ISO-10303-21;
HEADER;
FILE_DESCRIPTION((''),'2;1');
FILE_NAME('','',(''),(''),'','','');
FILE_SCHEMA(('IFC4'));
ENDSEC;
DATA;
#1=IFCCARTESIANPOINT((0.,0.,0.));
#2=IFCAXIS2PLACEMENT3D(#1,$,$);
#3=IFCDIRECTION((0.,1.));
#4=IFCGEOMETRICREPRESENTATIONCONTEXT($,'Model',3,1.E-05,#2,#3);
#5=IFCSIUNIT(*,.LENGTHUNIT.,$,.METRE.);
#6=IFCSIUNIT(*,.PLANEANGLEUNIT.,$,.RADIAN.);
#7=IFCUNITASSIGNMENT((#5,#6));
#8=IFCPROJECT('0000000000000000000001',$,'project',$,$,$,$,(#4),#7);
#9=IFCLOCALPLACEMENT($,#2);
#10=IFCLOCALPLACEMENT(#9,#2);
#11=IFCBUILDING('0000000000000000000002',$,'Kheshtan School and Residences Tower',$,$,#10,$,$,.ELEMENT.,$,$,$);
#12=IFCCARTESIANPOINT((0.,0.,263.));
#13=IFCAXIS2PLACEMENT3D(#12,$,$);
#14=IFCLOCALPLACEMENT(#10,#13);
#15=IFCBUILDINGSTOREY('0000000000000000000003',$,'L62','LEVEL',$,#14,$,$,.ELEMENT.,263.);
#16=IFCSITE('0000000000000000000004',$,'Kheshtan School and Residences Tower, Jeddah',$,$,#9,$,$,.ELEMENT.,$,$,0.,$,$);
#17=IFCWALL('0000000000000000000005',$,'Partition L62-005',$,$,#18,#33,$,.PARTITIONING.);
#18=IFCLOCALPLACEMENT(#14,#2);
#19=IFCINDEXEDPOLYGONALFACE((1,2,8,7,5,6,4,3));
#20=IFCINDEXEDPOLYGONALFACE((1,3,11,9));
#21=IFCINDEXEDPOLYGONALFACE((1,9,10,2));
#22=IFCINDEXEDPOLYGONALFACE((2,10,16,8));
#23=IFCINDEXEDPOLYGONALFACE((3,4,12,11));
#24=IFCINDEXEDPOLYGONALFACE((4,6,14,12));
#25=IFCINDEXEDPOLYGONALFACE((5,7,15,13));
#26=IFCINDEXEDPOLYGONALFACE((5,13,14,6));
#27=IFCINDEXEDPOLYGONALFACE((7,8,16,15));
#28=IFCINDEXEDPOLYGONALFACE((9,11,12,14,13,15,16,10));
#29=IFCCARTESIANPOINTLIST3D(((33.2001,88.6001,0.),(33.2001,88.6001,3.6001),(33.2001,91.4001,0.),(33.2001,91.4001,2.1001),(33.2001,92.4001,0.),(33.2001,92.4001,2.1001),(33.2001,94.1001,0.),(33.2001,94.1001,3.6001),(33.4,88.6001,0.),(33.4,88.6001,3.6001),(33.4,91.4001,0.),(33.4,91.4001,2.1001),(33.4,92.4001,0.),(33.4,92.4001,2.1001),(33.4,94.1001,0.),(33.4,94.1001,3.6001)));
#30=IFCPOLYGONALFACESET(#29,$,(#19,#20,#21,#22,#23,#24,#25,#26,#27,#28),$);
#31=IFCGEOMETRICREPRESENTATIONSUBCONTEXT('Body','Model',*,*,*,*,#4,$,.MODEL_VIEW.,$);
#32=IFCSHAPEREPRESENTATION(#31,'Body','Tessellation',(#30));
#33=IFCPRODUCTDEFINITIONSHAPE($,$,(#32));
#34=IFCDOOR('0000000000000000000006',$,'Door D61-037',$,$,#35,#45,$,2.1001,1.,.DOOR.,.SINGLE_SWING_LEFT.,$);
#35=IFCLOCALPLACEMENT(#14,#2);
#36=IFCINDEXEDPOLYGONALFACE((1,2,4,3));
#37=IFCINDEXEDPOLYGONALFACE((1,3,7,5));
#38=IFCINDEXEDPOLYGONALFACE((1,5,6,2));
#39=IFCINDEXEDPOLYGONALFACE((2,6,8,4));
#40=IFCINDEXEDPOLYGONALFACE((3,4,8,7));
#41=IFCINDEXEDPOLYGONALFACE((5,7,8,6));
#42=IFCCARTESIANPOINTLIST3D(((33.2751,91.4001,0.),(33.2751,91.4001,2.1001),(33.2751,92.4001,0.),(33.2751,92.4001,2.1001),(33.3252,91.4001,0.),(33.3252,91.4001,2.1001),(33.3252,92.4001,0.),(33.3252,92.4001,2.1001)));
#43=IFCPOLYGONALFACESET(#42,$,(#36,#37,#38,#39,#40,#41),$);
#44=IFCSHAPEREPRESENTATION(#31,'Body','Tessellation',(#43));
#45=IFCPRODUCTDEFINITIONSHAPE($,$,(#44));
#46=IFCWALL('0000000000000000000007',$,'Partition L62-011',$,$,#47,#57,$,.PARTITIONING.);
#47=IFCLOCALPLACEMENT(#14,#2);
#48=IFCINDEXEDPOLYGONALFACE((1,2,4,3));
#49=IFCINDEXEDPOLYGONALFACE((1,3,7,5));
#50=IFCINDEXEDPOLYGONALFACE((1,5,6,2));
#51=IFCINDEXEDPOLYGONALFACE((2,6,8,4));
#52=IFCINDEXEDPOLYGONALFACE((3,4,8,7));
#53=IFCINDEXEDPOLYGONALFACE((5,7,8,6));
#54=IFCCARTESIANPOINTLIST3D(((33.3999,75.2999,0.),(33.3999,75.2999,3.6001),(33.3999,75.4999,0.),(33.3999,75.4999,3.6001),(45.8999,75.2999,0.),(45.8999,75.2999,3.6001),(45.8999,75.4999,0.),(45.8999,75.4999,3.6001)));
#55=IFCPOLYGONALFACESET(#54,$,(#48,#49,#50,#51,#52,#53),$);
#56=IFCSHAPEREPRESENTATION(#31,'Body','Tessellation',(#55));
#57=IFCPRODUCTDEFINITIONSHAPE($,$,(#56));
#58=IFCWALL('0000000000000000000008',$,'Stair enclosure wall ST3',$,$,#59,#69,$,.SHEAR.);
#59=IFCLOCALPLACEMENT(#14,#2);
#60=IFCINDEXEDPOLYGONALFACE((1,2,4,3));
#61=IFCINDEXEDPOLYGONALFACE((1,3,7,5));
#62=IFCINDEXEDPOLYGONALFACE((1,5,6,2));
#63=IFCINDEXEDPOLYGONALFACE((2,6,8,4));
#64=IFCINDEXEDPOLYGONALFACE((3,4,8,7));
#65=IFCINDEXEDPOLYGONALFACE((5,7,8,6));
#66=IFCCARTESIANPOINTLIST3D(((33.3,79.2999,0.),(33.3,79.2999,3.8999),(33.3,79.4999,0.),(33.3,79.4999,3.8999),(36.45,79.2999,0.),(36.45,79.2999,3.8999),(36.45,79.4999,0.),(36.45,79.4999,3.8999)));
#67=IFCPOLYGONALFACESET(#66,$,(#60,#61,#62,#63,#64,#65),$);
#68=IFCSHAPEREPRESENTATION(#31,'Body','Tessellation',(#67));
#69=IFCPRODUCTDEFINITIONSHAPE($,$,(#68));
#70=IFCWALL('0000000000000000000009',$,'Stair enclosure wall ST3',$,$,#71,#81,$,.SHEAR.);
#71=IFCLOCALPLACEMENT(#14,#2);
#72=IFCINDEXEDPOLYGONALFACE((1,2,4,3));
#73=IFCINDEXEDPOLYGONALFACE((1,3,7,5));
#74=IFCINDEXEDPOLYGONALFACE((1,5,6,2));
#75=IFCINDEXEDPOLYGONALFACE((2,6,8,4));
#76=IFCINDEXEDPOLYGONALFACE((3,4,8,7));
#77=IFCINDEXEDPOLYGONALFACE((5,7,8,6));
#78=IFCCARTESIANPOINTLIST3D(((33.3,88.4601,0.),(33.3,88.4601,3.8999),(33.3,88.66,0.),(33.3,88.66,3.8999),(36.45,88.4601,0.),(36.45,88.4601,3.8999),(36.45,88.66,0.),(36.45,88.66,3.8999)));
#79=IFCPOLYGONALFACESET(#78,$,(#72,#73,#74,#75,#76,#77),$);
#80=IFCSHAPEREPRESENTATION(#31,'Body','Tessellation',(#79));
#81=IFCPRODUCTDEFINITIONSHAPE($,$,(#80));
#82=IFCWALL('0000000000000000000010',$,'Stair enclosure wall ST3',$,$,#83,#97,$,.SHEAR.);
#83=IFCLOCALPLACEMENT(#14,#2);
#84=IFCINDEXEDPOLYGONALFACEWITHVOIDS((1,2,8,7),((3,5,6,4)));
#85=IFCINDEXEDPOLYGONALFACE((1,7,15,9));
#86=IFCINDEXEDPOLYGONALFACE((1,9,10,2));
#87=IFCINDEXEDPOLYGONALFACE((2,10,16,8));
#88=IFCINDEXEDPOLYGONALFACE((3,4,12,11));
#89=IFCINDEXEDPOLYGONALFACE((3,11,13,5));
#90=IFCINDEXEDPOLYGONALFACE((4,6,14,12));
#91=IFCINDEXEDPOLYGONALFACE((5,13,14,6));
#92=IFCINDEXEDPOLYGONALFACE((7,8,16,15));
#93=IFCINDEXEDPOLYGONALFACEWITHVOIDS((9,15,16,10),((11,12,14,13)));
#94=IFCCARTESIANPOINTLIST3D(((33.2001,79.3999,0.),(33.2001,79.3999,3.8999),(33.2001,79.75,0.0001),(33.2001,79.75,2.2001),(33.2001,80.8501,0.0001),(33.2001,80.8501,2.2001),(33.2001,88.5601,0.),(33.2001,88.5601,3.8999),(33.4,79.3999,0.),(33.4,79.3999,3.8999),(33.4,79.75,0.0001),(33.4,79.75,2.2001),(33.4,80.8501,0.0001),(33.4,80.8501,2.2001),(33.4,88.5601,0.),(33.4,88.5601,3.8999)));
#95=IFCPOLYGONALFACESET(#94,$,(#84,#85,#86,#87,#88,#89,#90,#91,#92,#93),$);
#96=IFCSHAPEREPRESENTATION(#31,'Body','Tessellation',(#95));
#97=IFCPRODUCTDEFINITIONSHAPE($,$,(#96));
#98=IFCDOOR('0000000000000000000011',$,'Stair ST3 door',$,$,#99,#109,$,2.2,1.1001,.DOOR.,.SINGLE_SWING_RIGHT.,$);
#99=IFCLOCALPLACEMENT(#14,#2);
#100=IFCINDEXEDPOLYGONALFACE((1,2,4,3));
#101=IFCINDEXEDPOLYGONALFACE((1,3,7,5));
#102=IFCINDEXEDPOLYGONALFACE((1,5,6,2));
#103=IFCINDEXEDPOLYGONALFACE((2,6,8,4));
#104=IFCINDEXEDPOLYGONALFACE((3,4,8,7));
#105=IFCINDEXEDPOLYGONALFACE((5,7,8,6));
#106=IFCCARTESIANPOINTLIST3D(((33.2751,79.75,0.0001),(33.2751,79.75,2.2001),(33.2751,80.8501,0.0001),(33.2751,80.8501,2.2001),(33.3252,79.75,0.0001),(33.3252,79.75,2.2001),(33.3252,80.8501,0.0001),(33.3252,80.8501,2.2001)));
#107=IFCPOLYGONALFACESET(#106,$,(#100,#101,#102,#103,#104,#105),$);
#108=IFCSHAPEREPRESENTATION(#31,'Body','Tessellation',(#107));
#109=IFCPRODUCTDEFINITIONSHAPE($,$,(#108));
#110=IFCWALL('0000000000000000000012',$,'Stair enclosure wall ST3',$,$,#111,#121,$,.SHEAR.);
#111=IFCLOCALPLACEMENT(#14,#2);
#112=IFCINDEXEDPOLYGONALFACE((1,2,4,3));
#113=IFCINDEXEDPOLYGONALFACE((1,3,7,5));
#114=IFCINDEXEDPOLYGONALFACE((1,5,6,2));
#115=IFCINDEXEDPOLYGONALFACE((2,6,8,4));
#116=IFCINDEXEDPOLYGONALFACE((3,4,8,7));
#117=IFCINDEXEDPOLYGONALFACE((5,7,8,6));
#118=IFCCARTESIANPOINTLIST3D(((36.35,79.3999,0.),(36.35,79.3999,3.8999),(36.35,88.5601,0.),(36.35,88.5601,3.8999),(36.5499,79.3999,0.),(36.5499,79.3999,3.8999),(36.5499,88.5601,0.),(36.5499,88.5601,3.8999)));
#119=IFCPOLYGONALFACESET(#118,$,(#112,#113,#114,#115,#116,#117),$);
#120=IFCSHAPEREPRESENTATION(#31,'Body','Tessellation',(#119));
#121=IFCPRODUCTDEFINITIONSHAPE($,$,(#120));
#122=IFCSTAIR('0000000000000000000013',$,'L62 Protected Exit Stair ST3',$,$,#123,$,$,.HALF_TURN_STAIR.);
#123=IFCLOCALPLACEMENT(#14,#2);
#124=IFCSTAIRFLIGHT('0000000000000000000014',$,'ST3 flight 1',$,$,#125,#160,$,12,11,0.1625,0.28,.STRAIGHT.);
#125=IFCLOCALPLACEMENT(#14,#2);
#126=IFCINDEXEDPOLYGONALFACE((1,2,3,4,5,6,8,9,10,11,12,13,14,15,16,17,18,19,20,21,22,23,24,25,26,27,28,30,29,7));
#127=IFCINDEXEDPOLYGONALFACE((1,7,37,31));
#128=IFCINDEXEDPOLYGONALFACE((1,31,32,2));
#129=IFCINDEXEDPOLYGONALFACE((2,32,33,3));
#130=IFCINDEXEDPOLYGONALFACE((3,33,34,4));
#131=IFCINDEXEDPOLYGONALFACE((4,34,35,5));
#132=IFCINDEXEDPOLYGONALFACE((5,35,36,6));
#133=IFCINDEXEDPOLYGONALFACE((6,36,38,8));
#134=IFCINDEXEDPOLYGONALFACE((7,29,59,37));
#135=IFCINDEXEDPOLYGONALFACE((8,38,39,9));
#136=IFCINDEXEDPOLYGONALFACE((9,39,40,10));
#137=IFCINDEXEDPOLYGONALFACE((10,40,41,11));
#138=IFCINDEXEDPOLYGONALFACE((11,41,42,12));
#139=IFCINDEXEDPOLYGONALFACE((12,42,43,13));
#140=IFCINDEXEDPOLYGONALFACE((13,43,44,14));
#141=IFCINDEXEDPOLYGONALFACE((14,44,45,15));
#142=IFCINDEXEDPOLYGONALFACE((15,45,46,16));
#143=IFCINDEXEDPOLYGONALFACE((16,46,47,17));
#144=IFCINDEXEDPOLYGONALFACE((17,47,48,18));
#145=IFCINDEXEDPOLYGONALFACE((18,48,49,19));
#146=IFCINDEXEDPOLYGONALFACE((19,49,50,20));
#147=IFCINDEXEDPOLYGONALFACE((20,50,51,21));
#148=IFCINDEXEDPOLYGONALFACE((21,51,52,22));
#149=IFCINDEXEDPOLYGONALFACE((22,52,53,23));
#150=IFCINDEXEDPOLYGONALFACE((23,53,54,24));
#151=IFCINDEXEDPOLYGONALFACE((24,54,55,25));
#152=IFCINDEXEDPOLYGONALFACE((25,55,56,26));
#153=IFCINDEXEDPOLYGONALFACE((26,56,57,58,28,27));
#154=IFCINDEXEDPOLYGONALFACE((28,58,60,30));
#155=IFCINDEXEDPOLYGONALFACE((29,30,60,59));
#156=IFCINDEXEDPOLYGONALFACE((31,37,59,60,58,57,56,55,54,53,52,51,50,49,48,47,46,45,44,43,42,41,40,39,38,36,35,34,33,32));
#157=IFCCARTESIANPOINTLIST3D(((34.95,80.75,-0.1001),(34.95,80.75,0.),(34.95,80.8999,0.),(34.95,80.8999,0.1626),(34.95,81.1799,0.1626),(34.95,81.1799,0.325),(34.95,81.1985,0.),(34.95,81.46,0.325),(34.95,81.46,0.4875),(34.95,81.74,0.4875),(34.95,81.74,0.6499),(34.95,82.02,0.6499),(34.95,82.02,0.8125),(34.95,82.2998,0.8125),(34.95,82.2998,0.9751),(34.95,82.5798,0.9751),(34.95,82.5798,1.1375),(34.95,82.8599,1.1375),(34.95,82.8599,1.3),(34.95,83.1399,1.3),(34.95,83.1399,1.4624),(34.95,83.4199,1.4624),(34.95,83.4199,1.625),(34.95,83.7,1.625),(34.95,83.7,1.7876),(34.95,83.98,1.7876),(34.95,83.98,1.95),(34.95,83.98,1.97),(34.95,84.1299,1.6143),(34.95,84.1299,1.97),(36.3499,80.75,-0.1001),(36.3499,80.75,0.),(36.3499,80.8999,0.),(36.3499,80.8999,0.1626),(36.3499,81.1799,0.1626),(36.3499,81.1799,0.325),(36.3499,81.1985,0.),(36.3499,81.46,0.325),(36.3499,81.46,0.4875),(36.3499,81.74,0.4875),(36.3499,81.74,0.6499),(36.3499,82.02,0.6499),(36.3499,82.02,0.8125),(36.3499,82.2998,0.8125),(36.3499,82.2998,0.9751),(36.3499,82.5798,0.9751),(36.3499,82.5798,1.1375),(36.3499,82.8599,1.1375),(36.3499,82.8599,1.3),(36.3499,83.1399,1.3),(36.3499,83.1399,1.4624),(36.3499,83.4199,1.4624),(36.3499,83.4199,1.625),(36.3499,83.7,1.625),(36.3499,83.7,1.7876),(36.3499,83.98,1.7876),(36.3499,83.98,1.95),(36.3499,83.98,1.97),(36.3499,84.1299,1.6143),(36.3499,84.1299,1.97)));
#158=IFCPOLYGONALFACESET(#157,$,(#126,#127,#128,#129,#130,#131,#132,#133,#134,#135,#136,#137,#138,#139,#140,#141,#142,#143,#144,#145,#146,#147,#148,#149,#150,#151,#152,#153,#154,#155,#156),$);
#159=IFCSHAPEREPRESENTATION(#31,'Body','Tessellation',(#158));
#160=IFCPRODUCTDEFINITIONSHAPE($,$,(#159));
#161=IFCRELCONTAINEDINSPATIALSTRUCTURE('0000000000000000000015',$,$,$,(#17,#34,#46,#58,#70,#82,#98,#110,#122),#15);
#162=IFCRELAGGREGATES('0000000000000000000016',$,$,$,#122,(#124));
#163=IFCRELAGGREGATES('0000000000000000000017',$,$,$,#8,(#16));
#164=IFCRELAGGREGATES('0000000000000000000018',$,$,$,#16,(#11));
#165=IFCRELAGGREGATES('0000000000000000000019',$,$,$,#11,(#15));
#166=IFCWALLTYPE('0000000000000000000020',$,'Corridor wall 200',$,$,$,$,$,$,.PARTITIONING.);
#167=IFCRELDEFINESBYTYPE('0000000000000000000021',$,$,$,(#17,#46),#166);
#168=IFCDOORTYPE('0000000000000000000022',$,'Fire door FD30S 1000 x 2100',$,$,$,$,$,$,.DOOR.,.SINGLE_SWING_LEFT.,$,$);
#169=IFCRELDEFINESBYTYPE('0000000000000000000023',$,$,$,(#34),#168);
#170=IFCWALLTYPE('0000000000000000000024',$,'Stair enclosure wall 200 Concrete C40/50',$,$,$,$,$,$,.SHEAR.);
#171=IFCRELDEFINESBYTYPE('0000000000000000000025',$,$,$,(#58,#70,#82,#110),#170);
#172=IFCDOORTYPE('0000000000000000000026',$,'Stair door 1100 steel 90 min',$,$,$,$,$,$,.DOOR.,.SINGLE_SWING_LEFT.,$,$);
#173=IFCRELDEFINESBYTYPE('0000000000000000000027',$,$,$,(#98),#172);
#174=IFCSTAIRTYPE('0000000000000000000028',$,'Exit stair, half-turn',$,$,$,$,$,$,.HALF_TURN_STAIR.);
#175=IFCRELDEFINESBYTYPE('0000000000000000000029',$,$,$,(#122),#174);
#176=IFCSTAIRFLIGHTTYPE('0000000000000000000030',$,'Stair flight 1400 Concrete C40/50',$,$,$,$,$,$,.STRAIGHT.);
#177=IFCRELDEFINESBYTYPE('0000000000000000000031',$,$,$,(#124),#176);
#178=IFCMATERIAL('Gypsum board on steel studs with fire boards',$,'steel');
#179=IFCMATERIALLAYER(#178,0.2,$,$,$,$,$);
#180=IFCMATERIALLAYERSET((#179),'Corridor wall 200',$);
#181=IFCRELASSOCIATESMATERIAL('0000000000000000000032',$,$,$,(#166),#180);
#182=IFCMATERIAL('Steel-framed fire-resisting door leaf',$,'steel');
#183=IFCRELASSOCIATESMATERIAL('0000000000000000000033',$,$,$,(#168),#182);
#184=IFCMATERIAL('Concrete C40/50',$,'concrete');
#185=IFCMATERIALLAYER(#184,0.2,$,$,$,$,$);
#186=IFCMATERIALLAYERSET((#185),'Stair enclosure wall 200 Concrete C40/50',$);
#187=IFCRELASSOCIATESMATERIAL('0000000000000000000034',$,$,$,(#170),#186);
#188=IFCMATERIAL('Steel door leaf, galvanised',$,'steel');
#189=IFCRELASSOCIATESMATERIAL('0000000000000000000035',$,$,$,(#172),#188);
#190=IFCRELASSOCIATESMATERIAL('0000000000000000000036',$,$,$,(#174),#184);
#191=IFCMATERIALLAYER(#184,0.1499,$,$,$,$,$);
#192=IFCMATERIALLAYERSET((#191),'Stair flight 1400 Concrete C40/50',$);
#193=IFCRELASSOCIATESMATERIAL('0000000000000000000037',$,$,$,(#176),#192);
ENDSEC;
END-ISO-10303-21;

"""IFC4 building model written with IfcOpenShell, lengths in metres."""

from ifc_helpers import new_model, si_unit, direction, frame, frame_2d, origin, place, context, subcontext, project, spatial, polyline, rectangle, outline, extrude, source, transform, mapped, material, layer, layer_set, type_object, element, fill, aggregate, save


model = new_model("IFC4")

# Units and contexts
model_context = context("Model", 3, precision=1e-05, world=origin(), true_north=direction((0.0, 1.0)))
body_context = subcontext(model_context, "Body", "Model", "MODEL_VIEW")
ifc_project = project(units=[si_unit("LENGTHUNIT", "METRE"), si_unit("PLANEANGLEUNIT", "RADIAN")], contexts=[model_context])

# Site, building, storey
site_placement = place(None, origin())
site = spatial("IfcSite", under=ifc_project, at=site_placement, Name="Kheshtan School and Residences Tower, Jeddah", CompositionType="ELEMENT", RefElevation=0.0)
building_placement = place(site_placement, origin())
building = spatial("IfcBuilding", under=site, at=building_placement, Name="Kheshtan School and Residences Tower", CompositionType="ELEMENT")
storey_placement = place(building_placement, frame((0.0, 0.0, 263.0)))
storey = spatial("IfcBuildingStorey", under=building, at=storey_placement, Name="L62", Description="LEVEL", CompositionType="ELEMENT", Elevation=263.0)

# Wall, opening, door
ifc_material_1 = material(Name="Gypsum board on steel studs with fire boards", Category="steel")
ifc_layer_1 = layer(ifc_material_1, 0.2)
ifc_layer_set_1 = layer_set([ifc_layer_1], Name="Corridor wall 200")
wall_type_1 = type_object("IfcWallType", Name="Corridor wall 200", PredefinedType="PARTITIONING", material=ifc_layer_set_1)
ifc_material_2 = material(Name="Steel-framed fire-resisting door leaf", Category="steel")
wall_1_placement = place(storey_placement, frame((33.3, 88.6001, 0.0), z_axis=(0.0, 0.0, 1.0), x_axis=(0.0, 1.0, 0.0)))
wall_1 = element("IfcWall", 1, at=wall_1_placement, inside=storey, type_object=wall_type_1, Name="Partition L62-005", PredefinedType="PARTITIONING", context=body_context, shape_type="SweptSolid", body=[
    extrude(rectangle(XDim=5.5, YDim=0.2, at=frame_2d((2.75, 0.0))), origin(), (0.0, 0.0, 1.0), 3.6001),
])
opening_1_placement = place(wall_1_placement, frame((2.8, 0.0, 0.0)))
opening_1 = element("IfcOpeningElement", 2, at=opening_1_placement, cuts=wall_1, PredefinedType="OPENING", context=body_context, shape_type="SweptSolid", body=[
    extrude(rectangle(XDim=1.0, YDim=2.1001, at=frame_2d((0.5, 1.05))), frame((0.0, 0.1099, 0.0), z_axis=(0.0, -1.0, 0.0), x_axis=(1.0, 0.0, 0.0)), (0.0, 0.0, 1.0), 0.22),
])
door_type_1 = type_object("IfcDoorType", Name="Fire door FD30S 1000 x 2100", OperationType="SINGLE_SWING_LEFT", PredefinedType="DOOR", material=ifc_material_2)
shared_shape_1 = source(origin(), body_context, "Body", "SweptSolid", [
    extrude(rectangle(XDim=1.0, YDim=2.1001, at=frame_2d((0.5, 1.05))), frame((0.0, 0.0249, 0.0), z_axis=(0.0, -1.0, 0.0), x_axis=(1.0, 0.0, 0.0)), (0.0, 0.0, 1.0), 0.05),
])
door_1_placement = place(opening_1_placement, origin())
door_1 = element("IfcDoor", 3, at=door_1_placement, inside=storey, type_object=door_type_1, Name="Door D61-037", OperationType="SINGLE_SWING_LEFT", OverallHeight=2.1001, OverallWidth=1.0, PredefinedType="DOOR", context=body_context, shape_type="MappedRepresentation", body=[
    mapped(shared_shape_1, transform((0.0, 0.0, 0.0), x_axis=(1.0, 0.0, 0.0), y_axis=(0.0, 1.0, 0.0), z_axis=(0.0, 0.0, 1.0), scale=1.0)),
])
fill(opening_1, door_1)

# Walls
wall_2_placement = place(storey_placement, frame((33.3999, 75.3999, 0.0), z_axis=(0.0, 0.0, 1.0), x_axis=(1.0, 0.0, 0.0)))
element("IfcWall", 4, at=wall_2_placement, inside=storey, type_object=wall_type_1, Name="Partition L62-011", PredefinedType="PARTITIONING", context=body_context, shape_type="SweptSolid", body=[
    extrude(rectangle(XDim=12.5, YDim=0.2, at=frame_2d((6.25, 0.0))), origin(), (0.0, 0.0, 1.0), 3.6001),
])
ifc_material_3 = material(Name="Concrete C40/50", Category="concrete")
ifc_layer_2 = layer(ifc_material_3, 0.2)
ifc_layer_set_2 = layer_set([ifc_layer_2], Name="Stair enclosure wall 200 Concrete C40/50")
wall_type_2 = type_object("IfcWallType", Name="Stair enclosure wall 200 Concrete C40/50", PredefinedType="SHEAR", material=ifc_layer_set_2)
for number, where, z_axis, x_axis, name in (
    (5, (33.3, 79.3999, 0.0), (0.0, 0.0, 1.0), (1.0, 0.0, 0.0), "Stair enclosure wall ST3"),
    (6, (33.3, 88.5601, 0.0), (0.0, 0.0, 1.0), (1.0, 0.0, 0.0), "Stair enclosure wall ST3"),
):
    element("IfcWall", number, at=place(storey_placement, frame(where, z_axis=z_axis, x_axis=x_axis)), inside=storey, type_object=wall_type_2, Name=name, PredefinedType="SHEAR", context=body_context, shape_type="SweptSolid", body=[
        extrude(rectangle(XDim=3.1499, YDim=0.2, at=frame_2d((1.575, 0.0))), origin(), (0.0, 0.0, 1.0), 3.8999),
    ])

# Wall, opening, door
wall_3_placement = place(storey_placement, frame((33.3, 79.3999, 0.0), z_axis=(0.0, 0.0, 1.0), x_axis=(0.0, 1.0, 0.0)))
wall_3 = element("IfcWall", 7, at=wall_3_placement, inside=storey, type_object=wall_type_2, Name="Stair enclosure wall ST3", PredefinedType="SHEAR", context=body_context, shape_type="SweptSolid", body=[
    extrude(rectangle(XDim=9.1602, YDim=0.2, at=frame_2d((4.5801, 0.0))), origin(), (0.0, 0.0, 1.0), 3.8999),
])
opening_2_placement = place(wall_3_placement, frame((0.3501, 0.0, 0.0)))
opening_2 = element("IfcOpeningElement", 8, at=opening_2_placement, cuts=wall_3, PredefinedType="OPENING", context=body_context, shape_type="SweptSolid", body=[
    extrude(rectangle(XDim=1.1001, YDim=2.2, at=frame_2d((0.55, 1.1001))), frame((0.0, 0.1099, 0.0), z_axis=(0.0, -1.0, 0.0), x_axis=(1.0, 0.0, 0.0)), (0.0, 0.0, 1.0), 0.22),
])
ifc_material_4 = material(Name="Steel door leaf, galvanised", Category="steel")
door_type_2 = type_object("IfcDoorType", Name="Stair door 1100 steel 90 min", OperationType="SINGLE_SWING_LEFT", PredefinedType="DOOR", material=ifc_material_4)
shared_shape_2 = source(origin(), body_context, "Body", "SweptSolid", [
    extrude(rectangle(XDim=1.1001, YDim=2.2, at=frame_2d((0.55, 1.1001))), frame((0.0, 0.0249, 0.0), z_axis=(0.0, -1.0, 0.0), x_axis=(1.0, 0.0, 0.0)), (0.0, 0.0, 1.0), 0.05),
])
door_2_placement = place(opening_2_placement, origin())
door_2 = element("IfcDoor", 9, at=door_2_placement, inside=storey, type_object=door_type_2, Name="Stair ST3 door", OperationType="SINGLE_SWING_RIGHT", OverallHeight=2.2, OverallWidth=1.1001, PredefinedType="DOOR", context=body_context, shape_type="MappedRepresentation", body=[
    mapped(shared_shape_2, transform((0.0, 0.0, 0.0), x_axis=(1.0, 0.0, 0.0), y_axis=(0.0, 1.0, 0.0), z_axis=(0.0, 0.0, 1.0), scale=1.0)),
])
fill(opening_2, door_2)

# Wall
wall_4_placement = place(storey_placement, frame((36.45, 79.3999, 0.0), z_axis=(0.0, 0.0, 1.0), x_axis=(0.0, 1.0, 0.0)))
element("IfcWall", 10, at=wall_4_placement, inside=storey, type_object=wall_type_2, Name="Stair enclosure wall ST3", PredefinedType="SHEAR", context=body_context, shape_type="SweptSolid", body=[
    extrude(rectangle(XDim=9.1602, YDim=0.2, at=frame_2d((4.5801, 0.0))), origin(), (0.0, 0.0, 1.0), 3.8999),
])

# Stair, stair flight
stair_type = type_object("IfcStairType", Name="Exit stair, half-turn", PredefinedType="HALF_TURN_STAIR", material=ifc_material_3)
stair_placement = place(storey_placement, origin())
stair = element("IfcStair", 11, at=stair_placement, inside=storey, type_object=stair_type, Name="L62 Protected Exit Stair ST3", PredefinedType="HALF_TURN_STAIR")
ifc_layer_3 = layer(ifc_material_3, 0.1499)
ifc_layer_set_3 = layer_set([ifc_layer_3], Name="Stair flight 1400 Concrete C40/50")
stair_flight_type = type_object("IfcStairFlightType", Name="Stair flight 1400 Concrete C40/50", PredefinedType="STRAIGHT", material=ifc_layer_set_3)
stair_flight_1_placement = place(storey_placement, frame((35.6499, 80.8999, 0.0), z_axis=(0.0, 0.0, 1.0), x_axis=(0.0, 1.0, 0.0)))
stair_flight_1 = element("IfcStairFlight", 12, at=stair_flight_1_placement, type_object=stair_flight_type, Name="ST3 flight 1", NumberOfRisers=12, NumberOfTreads=11, PredefinedType="STRAIGHT", RiserHeight=0.1625, TreadLength=0.28, context=body_context, shape_type="SweptSolid", body=[
    extrude(outline(polyline([(-0.1499, -0.1001), (-0.1499, 0.0), (0.0, 0.0), (0.0, 0.1626), (0.28, 0.1626), (0.28, 0.325), (0.5601, 0.325), (0.5601, 0.4875), (0.8401, 0.4875), (0.8401, 0.6499), (1.1201, 0.6499), (1.1201, 0.8125), (1.3999, 0.8125), (1.3999, 0.9751), (1.6799, 0.9751), (1.6799, 1.1375), (1.96, 1.1375), (1.96, 1.3), (2.24, 1.3), (2.24, 1.4624), (2.52, 1.4624), (2.52, 1.625), (2.8, 1.625), (2.8, 1.7876), (3.0801, 1.7876), (3.0801, 1.95), (3.0801, 1.97), (3.23, 1.97), (3.23, 1.6143), (0.2986, 0.0), (-0.1499, -0.1001)])), frame((0.0, 0.7, 0.0), z_axis=(0.0, -1.0, 0.0), x_axis=(1.0, 0.0, 0.0)), (0.0, 0.0, 1.0), 1.3999),
])
aggregate(stair, [stair_flight_1])

save(model, "model.ifc")
